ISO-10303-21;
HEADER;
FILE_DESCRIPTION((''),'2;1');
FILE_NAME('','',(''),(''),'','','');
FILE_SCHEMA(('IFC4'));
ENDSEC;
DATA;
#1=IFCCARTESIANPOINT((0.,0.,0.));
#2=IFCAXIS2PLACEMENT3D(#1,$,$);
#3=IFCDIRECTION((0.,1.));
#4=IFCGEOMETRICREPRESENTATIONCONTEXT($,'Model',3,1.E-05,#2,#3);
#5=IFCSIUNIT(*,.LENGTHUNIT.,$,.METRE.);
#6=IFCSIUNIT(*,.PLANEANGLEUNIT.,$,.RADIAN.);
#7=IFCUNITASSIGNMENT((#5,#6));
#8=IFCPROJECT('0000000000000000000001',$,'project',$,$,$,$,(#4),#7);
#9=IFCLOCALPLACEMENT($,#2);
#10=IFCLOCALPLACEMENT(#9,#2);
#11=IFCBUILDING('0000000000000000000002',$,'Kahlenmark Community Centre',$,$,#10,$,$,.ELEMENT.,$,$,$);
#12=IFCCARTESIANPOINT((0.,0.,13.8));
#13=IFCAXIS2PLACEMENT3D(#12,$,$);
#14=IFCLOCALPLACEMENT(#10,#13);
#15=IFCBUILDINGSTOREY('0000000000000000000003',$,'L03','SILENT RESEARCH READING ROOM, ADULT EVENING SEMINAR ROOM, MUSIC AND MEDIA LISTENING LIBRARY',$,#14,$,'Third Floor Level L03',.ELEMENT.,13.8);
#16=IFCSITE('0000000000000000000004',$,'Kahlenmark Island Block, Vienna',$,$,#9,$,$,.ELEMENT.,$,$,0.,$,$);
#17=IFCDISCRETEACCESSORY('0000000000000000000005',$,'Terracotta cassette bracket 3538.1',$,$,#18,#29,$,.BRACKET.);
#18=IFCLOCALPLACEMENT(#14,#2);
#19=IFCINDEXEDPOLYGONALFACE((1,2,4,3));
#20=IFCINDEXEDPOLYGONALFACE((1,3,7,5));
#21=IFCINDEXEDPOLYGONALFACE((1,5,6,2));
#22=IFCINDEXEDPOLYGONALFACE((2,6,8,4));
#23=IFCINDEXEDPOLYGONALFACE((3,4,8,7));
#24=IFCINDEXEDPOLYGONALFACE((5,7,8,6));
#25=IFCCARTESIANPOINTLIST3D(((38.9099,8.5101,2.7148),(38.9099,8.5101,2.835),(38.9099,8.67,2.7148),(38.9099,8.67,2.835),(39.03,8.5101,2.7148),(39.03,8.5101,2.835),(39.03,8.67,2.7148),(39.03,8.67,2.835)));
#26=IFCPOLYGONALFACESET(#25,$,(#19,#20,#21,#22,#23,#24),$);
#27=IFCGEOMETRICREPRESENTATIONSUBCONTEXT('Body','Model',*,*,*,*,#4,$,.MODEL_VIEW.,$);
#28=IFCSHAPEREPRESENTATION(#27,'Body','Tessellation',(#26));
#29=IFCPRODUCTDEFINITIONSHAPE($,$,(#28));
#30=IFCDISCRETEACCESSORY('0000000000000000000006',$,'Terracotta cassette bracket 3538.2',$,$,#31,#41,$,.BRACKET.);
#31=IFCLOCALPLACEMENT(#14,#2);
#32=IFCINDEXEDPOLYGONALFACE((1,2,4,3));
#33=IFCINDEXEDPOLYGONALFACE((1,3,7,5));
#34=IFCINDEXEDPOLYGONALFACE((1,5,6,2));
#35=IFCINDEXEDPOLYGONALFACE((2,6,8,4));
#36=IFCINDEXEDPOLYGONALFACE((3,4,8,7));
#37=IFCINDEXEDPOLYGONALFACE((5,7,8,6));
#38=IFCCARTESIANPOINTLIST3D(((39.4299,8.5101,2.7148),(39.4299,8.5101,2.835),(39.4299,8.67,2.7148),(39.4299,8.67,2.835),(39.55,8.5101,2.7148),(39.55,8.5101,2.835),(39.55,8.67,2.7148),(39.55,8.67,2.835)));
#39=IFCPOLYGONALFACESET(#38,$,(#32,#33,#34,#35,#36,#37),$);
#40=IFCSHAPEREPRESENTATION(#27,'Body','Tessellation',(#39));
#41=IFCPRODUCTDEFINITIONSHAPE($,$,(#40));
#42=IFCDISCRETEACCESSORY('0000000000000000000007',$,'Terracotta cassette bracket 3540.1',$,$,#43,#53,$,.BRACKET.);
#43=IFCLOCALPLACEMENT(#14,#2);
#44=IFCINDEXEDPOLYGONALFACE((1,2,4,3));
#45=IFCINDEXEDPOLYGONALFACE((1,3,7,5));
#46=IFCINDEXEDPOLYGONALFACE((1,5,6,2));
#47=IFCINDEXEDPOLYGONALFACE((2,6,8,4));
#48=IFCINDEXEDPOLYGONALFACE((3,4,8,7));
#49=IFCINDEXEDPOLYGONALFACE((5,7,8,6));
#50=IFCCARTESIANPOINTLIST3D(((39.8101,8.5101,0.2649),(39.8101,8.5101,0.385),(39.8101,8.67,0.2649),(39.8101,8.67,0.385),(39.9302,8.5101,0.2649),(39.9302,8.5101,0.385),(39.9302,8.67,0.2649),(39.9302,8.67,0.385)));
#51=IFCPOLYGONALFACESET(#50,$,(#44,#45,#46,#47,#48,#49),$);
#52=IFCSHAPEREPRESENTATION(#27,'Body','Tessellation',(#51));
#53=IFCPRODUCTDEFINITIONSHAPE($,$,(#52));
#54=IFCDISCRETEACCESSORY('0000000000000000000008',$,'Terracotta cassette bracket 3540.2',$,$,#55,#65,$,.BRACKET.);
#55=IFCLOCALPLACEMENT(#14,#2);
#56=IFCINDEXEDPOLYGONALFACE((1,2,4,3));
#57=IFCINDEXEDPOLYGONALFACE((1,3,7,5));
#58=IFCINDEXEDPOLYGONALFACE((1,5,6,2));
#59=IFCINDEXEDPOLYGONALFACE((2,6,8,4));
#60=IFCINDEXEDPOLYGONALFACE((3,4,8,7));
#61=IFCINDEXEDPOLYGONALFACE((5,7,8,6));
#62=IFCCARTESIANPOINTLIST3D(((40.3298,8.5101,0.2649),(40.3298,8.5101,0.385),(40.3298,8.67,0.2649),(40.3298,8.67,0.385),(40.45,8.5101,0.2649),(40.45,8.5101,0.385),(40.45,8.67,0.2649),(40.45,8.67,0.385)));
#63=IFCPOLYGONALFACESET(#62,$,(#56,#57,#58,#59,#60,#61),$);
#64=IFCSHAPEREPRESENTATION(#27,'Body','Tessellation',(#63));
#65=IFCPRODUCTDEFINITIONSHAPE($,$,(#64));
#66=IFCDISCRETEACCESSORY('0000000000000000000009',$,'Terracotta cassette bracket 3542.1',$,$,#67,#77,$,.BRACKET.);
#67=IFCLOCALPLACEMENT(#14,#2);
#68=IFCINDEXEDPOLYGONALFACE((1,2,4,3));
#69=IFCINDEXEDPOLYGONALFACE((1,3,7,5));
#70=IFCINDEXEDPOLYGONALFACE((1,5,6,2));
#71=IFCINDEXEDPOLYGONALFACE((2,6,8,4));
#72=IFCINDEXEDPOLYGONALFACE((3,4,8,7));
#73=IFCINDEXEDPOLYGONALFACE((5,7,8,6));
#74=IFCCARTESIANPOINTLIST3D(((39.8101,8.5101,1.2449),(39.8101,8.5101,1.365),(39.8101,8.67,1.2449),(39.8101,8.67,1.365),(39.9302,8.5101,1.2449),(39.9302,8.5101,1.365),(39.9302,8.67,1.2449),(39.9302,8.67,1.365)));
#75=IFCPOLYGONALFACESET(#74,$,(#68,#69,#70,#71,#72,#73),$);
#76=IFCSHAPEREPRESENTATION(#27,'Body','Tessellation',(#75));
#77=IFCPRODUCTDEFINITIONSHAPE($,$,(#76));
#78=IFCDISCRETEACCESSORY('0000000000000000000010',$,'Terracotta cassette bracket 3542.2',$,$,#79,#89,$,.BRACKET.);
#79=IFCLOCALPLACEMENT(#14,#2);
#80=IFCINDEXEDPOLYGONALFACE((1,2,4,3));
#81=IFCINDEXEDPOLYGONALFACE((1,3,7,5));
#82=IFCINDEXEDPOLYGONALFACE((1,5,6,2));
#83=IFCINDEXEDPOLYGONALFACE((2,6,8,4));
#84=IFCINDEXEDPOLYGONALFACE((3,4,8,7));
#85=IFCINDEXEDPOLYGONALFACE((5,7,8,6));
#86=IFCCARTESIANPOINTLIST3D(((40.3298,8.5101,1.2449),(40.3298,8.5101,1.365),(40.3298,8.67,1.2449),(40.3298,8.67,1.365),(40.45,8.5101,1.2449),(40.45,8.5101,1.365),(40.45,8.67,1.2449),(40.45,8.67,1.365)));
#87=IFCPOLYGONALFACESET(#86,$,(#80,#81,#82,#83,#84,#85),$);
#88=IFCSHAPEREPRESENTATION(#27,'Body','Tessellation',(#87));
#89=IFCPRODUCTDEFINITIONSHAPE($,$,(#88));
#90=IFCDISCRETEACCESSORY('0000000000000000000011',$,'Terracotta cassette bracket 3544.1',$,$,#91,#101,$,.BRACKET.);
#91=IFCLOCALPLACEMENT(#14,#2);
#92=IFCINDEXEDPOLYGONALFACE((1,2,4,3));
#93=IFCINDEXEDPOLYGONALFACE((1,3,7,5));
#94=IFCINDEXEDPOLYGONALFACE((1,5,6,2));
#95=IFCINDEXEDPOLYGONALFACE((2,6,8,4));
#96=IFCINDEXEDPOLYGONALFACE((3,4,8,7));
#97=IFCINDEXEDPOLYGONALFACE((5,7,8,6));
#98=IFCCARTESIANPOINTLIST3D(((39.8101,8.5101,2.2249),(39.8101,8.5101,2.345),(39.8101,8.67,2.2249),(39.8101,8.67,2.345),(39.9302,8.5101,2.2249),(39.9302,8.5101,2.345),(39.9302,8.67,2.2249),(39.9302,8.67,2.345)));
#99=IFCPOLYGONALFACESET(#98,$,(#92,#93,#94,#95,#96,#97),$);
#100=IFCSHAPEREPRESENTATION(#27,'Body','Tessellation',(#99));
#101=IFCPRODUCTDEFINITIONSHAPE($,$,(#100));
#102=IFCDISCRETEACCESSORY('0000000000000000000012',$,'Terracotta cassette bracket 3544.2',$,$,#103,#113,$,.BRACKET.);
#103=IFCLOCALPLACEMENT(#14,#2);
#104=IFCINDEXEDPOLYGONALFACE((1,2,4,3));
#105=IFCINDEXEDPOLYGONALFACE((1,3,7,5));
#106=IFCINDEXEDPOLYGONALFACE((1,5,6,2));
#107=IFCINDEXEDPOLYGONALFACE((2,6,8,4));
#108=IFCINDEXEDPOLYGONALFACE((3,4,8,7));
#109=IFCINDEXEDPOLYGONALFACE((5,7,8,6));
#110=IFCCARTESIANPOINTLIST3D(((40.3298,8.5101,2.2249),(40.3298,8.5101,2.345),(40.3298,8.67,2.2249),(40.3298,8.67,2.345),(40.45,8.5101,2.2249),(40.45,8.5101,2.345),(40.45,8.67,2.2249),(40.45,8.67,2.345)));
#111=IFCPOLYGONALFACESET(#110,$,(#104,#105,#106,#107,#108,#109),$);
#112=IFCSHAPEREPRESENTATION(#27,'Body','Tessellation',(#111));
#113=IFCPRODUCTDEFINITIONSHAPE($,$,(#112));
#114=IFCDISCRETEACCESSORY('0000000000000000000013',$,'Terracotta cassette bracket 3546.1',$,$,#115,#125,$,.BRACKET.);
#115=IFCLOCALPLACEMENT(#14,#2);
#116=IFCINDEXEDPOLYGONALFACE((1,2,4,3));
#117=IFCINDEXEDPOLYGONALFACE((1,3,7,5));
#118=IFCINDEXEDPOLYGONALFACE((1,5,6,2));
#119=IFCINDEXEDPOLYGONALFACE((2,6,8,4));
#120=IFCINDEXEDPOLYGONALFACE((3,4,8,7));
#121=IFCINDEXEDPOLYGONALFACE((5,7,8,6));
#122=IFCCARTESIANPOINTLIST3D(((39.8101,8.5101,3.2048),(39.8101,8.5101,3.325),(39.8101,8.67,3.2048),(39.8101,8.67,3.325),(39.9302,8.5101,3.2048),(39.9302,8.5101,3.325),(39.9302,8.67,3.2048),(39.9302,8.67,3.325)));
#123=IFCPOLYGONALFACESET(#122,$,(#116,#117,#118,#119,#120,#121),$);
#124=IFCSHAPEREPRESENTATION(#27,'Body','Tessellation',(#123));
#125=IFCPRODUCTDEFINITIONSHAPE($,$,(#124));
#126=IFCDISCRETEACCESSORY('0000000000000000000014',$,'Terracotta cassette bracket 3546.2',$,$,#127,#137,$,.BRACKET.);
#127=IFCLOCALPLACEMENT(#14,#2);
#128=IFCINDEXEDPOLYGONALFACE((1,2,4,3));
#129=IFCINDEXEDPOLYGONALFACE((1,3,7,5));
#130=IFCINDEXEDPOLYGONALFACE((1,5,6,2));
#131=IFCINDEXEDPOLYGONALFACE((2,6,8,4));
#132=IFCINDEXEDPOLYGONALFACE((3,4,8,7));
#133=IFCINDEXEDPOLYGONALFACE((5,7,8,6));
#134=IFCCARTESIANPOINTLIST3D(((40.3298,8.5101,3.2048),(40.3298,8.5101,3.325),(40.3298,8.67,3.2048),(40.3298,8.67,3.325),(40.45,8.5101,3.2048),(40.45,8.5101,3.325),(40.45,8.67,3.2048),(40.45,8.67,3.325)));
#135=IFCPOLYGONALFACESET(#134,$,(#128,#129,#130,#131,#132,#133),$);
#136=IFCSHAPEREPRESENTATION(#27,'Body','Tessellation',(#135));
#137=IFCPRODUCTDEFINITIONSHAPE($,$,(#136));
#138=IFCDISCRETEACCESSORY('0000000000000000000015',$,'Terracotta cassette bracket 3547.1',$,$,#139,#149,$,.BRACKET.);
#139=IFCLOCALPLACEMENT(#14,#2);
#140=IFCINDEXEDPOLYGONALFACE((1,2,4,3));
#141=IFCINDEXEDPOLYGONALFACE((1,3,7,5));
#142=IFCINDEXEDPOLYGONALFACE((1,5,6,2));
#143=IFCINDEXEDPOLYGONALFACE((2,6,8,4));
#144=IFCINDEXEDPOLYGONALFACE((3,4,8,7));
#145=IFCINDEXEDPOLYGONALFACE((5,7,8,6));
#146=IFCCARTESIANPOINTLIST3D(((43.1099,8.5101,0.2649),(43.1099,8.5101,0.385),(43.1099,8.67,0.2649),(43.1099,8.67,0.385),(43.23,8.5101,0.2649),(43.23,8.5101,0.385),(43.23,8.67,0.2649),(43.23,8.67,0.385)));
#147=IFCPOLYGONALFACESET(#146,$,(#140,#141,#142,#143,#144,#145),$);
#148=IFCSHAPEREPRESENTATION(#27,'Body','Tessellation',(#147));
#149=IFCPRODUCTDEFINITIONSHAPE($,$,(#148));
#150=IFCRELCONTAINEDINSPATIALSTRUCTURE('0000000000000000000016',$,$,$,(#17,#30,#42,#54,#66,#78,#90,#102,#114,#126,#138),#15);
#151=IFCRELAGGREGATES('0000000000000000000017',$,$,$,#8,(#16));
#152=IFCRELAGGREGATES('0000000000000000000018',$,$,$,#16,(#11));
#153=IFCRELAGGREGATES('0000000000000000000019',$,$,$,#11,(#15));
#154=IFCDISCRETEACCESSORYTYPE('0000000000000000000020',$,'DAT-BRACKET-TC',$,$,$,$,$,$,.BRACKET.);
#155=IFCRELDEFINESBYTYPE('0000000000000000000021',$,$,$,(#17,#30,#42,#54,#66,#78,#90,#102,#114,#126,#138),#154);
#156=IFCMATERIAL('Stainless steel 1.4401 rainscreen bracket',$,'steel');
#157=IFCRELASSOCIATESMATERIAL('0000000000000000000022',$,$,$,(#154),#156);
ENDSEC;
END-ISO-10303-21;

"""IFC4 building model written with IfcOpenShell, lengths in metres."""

from ifc_helpers import new_model, si_unit, direction, frame, origin, origin_2d, place, context, subcontext, project, spatial, rectangle, extrude, material, type_object, element, save


model = new_model("IFC4")

# Units and contexts
model_context = context("Model", 3, precision=1e-05, world=origin(), true_north=direction((0.0, 1.0)))
body_context = subcontext(model_context, "Body", "Model", "MODEL_VIEW")
ifc_project = project(units=[si_unit("LENGTHUNIT", "METRE"), si_unit("PLANEANGLEUNIT", "RADIAN")], contexts=[model_context])

# Site, building, storey
site_placement = place(None, origin())
site = spatial("IfcSite", under=ifc_project, at=site_placement, Name="Kahlenmark Island Block, Vienna", CompositionType="ELEMENT", RefElevation=0.0)
building_placement = place(site_placement, origin())
building = spatial("IfcBuilding", under=site, at=building_placement, Name="Kahlenmark Community Centre", CompositionType="ELEMENT")
storey_placement = place(building_placement, frame((0.0, 0.0, 13.8)))
storey = spatial("IfcBuildingStorey", under=building, at=storey_placement, Name="L03", Description="SILENT RESEARCH READING ROOM, ADULT EVENING SEMINAR ROOM, MUSIC AND MEDIA LISTENING LIBRARY", LongName="Third Floor Level L03", CompositionType="ELEMENT", Elevation=13.8)

# Discrete accessories
ifc_material_1 = material(Name="Stainless steel 1.4401 rainscreen bracket", Category="steel")
discrete_accessory_type = type_object("IfcDiscreteAccessoryType", Name="DAT-BRACKET-TC", PredefinedType="BRACKET", material=ifc_material_1)
for number, where, z_axis, x_axis, name in (
    (1, (38.97, 8.5901, 2.7148), (0.0, 0.0, 1.0), (1.0, 0.0, 0.0), "Terracotta cassette bracket 3538.1"),
    (2, (39.49, 8.5901, 2.7148), (0.0, 0.0, 1.0), (1.0, 0.0, 0.0), "Terracotta cassette bracket 3538.2"),
    (3, (39.8701, 8.5901, 0.2649), (0.0, 0.0, 1.0), (1.0, 0.0, 0.0), "Terracotta cassette bracket 3540.1"),
    (4, (40.3899, 8.5901, 0.2649), (0.0, 0.0, 1.0), (1.0, 0.0, 0.0), "Terracotta cassette bracket 3540.2"),
    (5, (39.8701, 8.5901, 1.2449), (0.0, 0.0, 1.0), (1.0, 0.0, 0.0), "Terracotta cassette bracket 3542.1"),
    (6, (40.3899, 8.5901, 1.2449), (0.0, 0.0, 1.0), (1.0, 0.0, 0.0), "Terracotta cassette bracket 3542.2"),
    (7, (39.8701, 8.5901, 2.2249), (0.0, 0.0, 1.0), (1.0, 0.0, 0.0), "Terracotta cassette bracket 3544.1"),
    (8, (40.3899, 8.5901, 2.2249), (0.0, 0.0, 1.0), (1.0, 0.0, 0.0), "Terracotta cassette bracket 3544.2"),
    (9, (39.8701, 8.5901, 3.2048), (0.0, 0.0, 1.0), (1.0, 0.0, 0.0), "Terracotta cassette bracket 3546.1"),
    (10, (40.3899, 8.5901, 3.2048), (0.0, 0.0, 1.0), (1.0, 0.0, 0.0), "Terracotta cassette bracket 3546.2"),
    (11, (43.1699, 8.5901, 0.2649), (0.0, 0.0, 1.0), (1.0, 0.0, 0.0), "Terracotta cassette bracket 3547.1"),
):
    element("IfcDiscreteAccessory", number, at=place(storey_placement, frame(where, z_axis=z_axis, x_axis=x_axis)), inside=storey, type_object=discrete_accessory_type, Name=name, PredefinedType="BRACKET", context=body_context, shape_type="SweptSolid", body=[
        extrude(rectangle(XDim=0.1201, YDim=0.1599, at=origin_2d()), origin(), (0.0, 0.0, 1.0), 0.1201),
    ])

save(model, "model.ifc")
